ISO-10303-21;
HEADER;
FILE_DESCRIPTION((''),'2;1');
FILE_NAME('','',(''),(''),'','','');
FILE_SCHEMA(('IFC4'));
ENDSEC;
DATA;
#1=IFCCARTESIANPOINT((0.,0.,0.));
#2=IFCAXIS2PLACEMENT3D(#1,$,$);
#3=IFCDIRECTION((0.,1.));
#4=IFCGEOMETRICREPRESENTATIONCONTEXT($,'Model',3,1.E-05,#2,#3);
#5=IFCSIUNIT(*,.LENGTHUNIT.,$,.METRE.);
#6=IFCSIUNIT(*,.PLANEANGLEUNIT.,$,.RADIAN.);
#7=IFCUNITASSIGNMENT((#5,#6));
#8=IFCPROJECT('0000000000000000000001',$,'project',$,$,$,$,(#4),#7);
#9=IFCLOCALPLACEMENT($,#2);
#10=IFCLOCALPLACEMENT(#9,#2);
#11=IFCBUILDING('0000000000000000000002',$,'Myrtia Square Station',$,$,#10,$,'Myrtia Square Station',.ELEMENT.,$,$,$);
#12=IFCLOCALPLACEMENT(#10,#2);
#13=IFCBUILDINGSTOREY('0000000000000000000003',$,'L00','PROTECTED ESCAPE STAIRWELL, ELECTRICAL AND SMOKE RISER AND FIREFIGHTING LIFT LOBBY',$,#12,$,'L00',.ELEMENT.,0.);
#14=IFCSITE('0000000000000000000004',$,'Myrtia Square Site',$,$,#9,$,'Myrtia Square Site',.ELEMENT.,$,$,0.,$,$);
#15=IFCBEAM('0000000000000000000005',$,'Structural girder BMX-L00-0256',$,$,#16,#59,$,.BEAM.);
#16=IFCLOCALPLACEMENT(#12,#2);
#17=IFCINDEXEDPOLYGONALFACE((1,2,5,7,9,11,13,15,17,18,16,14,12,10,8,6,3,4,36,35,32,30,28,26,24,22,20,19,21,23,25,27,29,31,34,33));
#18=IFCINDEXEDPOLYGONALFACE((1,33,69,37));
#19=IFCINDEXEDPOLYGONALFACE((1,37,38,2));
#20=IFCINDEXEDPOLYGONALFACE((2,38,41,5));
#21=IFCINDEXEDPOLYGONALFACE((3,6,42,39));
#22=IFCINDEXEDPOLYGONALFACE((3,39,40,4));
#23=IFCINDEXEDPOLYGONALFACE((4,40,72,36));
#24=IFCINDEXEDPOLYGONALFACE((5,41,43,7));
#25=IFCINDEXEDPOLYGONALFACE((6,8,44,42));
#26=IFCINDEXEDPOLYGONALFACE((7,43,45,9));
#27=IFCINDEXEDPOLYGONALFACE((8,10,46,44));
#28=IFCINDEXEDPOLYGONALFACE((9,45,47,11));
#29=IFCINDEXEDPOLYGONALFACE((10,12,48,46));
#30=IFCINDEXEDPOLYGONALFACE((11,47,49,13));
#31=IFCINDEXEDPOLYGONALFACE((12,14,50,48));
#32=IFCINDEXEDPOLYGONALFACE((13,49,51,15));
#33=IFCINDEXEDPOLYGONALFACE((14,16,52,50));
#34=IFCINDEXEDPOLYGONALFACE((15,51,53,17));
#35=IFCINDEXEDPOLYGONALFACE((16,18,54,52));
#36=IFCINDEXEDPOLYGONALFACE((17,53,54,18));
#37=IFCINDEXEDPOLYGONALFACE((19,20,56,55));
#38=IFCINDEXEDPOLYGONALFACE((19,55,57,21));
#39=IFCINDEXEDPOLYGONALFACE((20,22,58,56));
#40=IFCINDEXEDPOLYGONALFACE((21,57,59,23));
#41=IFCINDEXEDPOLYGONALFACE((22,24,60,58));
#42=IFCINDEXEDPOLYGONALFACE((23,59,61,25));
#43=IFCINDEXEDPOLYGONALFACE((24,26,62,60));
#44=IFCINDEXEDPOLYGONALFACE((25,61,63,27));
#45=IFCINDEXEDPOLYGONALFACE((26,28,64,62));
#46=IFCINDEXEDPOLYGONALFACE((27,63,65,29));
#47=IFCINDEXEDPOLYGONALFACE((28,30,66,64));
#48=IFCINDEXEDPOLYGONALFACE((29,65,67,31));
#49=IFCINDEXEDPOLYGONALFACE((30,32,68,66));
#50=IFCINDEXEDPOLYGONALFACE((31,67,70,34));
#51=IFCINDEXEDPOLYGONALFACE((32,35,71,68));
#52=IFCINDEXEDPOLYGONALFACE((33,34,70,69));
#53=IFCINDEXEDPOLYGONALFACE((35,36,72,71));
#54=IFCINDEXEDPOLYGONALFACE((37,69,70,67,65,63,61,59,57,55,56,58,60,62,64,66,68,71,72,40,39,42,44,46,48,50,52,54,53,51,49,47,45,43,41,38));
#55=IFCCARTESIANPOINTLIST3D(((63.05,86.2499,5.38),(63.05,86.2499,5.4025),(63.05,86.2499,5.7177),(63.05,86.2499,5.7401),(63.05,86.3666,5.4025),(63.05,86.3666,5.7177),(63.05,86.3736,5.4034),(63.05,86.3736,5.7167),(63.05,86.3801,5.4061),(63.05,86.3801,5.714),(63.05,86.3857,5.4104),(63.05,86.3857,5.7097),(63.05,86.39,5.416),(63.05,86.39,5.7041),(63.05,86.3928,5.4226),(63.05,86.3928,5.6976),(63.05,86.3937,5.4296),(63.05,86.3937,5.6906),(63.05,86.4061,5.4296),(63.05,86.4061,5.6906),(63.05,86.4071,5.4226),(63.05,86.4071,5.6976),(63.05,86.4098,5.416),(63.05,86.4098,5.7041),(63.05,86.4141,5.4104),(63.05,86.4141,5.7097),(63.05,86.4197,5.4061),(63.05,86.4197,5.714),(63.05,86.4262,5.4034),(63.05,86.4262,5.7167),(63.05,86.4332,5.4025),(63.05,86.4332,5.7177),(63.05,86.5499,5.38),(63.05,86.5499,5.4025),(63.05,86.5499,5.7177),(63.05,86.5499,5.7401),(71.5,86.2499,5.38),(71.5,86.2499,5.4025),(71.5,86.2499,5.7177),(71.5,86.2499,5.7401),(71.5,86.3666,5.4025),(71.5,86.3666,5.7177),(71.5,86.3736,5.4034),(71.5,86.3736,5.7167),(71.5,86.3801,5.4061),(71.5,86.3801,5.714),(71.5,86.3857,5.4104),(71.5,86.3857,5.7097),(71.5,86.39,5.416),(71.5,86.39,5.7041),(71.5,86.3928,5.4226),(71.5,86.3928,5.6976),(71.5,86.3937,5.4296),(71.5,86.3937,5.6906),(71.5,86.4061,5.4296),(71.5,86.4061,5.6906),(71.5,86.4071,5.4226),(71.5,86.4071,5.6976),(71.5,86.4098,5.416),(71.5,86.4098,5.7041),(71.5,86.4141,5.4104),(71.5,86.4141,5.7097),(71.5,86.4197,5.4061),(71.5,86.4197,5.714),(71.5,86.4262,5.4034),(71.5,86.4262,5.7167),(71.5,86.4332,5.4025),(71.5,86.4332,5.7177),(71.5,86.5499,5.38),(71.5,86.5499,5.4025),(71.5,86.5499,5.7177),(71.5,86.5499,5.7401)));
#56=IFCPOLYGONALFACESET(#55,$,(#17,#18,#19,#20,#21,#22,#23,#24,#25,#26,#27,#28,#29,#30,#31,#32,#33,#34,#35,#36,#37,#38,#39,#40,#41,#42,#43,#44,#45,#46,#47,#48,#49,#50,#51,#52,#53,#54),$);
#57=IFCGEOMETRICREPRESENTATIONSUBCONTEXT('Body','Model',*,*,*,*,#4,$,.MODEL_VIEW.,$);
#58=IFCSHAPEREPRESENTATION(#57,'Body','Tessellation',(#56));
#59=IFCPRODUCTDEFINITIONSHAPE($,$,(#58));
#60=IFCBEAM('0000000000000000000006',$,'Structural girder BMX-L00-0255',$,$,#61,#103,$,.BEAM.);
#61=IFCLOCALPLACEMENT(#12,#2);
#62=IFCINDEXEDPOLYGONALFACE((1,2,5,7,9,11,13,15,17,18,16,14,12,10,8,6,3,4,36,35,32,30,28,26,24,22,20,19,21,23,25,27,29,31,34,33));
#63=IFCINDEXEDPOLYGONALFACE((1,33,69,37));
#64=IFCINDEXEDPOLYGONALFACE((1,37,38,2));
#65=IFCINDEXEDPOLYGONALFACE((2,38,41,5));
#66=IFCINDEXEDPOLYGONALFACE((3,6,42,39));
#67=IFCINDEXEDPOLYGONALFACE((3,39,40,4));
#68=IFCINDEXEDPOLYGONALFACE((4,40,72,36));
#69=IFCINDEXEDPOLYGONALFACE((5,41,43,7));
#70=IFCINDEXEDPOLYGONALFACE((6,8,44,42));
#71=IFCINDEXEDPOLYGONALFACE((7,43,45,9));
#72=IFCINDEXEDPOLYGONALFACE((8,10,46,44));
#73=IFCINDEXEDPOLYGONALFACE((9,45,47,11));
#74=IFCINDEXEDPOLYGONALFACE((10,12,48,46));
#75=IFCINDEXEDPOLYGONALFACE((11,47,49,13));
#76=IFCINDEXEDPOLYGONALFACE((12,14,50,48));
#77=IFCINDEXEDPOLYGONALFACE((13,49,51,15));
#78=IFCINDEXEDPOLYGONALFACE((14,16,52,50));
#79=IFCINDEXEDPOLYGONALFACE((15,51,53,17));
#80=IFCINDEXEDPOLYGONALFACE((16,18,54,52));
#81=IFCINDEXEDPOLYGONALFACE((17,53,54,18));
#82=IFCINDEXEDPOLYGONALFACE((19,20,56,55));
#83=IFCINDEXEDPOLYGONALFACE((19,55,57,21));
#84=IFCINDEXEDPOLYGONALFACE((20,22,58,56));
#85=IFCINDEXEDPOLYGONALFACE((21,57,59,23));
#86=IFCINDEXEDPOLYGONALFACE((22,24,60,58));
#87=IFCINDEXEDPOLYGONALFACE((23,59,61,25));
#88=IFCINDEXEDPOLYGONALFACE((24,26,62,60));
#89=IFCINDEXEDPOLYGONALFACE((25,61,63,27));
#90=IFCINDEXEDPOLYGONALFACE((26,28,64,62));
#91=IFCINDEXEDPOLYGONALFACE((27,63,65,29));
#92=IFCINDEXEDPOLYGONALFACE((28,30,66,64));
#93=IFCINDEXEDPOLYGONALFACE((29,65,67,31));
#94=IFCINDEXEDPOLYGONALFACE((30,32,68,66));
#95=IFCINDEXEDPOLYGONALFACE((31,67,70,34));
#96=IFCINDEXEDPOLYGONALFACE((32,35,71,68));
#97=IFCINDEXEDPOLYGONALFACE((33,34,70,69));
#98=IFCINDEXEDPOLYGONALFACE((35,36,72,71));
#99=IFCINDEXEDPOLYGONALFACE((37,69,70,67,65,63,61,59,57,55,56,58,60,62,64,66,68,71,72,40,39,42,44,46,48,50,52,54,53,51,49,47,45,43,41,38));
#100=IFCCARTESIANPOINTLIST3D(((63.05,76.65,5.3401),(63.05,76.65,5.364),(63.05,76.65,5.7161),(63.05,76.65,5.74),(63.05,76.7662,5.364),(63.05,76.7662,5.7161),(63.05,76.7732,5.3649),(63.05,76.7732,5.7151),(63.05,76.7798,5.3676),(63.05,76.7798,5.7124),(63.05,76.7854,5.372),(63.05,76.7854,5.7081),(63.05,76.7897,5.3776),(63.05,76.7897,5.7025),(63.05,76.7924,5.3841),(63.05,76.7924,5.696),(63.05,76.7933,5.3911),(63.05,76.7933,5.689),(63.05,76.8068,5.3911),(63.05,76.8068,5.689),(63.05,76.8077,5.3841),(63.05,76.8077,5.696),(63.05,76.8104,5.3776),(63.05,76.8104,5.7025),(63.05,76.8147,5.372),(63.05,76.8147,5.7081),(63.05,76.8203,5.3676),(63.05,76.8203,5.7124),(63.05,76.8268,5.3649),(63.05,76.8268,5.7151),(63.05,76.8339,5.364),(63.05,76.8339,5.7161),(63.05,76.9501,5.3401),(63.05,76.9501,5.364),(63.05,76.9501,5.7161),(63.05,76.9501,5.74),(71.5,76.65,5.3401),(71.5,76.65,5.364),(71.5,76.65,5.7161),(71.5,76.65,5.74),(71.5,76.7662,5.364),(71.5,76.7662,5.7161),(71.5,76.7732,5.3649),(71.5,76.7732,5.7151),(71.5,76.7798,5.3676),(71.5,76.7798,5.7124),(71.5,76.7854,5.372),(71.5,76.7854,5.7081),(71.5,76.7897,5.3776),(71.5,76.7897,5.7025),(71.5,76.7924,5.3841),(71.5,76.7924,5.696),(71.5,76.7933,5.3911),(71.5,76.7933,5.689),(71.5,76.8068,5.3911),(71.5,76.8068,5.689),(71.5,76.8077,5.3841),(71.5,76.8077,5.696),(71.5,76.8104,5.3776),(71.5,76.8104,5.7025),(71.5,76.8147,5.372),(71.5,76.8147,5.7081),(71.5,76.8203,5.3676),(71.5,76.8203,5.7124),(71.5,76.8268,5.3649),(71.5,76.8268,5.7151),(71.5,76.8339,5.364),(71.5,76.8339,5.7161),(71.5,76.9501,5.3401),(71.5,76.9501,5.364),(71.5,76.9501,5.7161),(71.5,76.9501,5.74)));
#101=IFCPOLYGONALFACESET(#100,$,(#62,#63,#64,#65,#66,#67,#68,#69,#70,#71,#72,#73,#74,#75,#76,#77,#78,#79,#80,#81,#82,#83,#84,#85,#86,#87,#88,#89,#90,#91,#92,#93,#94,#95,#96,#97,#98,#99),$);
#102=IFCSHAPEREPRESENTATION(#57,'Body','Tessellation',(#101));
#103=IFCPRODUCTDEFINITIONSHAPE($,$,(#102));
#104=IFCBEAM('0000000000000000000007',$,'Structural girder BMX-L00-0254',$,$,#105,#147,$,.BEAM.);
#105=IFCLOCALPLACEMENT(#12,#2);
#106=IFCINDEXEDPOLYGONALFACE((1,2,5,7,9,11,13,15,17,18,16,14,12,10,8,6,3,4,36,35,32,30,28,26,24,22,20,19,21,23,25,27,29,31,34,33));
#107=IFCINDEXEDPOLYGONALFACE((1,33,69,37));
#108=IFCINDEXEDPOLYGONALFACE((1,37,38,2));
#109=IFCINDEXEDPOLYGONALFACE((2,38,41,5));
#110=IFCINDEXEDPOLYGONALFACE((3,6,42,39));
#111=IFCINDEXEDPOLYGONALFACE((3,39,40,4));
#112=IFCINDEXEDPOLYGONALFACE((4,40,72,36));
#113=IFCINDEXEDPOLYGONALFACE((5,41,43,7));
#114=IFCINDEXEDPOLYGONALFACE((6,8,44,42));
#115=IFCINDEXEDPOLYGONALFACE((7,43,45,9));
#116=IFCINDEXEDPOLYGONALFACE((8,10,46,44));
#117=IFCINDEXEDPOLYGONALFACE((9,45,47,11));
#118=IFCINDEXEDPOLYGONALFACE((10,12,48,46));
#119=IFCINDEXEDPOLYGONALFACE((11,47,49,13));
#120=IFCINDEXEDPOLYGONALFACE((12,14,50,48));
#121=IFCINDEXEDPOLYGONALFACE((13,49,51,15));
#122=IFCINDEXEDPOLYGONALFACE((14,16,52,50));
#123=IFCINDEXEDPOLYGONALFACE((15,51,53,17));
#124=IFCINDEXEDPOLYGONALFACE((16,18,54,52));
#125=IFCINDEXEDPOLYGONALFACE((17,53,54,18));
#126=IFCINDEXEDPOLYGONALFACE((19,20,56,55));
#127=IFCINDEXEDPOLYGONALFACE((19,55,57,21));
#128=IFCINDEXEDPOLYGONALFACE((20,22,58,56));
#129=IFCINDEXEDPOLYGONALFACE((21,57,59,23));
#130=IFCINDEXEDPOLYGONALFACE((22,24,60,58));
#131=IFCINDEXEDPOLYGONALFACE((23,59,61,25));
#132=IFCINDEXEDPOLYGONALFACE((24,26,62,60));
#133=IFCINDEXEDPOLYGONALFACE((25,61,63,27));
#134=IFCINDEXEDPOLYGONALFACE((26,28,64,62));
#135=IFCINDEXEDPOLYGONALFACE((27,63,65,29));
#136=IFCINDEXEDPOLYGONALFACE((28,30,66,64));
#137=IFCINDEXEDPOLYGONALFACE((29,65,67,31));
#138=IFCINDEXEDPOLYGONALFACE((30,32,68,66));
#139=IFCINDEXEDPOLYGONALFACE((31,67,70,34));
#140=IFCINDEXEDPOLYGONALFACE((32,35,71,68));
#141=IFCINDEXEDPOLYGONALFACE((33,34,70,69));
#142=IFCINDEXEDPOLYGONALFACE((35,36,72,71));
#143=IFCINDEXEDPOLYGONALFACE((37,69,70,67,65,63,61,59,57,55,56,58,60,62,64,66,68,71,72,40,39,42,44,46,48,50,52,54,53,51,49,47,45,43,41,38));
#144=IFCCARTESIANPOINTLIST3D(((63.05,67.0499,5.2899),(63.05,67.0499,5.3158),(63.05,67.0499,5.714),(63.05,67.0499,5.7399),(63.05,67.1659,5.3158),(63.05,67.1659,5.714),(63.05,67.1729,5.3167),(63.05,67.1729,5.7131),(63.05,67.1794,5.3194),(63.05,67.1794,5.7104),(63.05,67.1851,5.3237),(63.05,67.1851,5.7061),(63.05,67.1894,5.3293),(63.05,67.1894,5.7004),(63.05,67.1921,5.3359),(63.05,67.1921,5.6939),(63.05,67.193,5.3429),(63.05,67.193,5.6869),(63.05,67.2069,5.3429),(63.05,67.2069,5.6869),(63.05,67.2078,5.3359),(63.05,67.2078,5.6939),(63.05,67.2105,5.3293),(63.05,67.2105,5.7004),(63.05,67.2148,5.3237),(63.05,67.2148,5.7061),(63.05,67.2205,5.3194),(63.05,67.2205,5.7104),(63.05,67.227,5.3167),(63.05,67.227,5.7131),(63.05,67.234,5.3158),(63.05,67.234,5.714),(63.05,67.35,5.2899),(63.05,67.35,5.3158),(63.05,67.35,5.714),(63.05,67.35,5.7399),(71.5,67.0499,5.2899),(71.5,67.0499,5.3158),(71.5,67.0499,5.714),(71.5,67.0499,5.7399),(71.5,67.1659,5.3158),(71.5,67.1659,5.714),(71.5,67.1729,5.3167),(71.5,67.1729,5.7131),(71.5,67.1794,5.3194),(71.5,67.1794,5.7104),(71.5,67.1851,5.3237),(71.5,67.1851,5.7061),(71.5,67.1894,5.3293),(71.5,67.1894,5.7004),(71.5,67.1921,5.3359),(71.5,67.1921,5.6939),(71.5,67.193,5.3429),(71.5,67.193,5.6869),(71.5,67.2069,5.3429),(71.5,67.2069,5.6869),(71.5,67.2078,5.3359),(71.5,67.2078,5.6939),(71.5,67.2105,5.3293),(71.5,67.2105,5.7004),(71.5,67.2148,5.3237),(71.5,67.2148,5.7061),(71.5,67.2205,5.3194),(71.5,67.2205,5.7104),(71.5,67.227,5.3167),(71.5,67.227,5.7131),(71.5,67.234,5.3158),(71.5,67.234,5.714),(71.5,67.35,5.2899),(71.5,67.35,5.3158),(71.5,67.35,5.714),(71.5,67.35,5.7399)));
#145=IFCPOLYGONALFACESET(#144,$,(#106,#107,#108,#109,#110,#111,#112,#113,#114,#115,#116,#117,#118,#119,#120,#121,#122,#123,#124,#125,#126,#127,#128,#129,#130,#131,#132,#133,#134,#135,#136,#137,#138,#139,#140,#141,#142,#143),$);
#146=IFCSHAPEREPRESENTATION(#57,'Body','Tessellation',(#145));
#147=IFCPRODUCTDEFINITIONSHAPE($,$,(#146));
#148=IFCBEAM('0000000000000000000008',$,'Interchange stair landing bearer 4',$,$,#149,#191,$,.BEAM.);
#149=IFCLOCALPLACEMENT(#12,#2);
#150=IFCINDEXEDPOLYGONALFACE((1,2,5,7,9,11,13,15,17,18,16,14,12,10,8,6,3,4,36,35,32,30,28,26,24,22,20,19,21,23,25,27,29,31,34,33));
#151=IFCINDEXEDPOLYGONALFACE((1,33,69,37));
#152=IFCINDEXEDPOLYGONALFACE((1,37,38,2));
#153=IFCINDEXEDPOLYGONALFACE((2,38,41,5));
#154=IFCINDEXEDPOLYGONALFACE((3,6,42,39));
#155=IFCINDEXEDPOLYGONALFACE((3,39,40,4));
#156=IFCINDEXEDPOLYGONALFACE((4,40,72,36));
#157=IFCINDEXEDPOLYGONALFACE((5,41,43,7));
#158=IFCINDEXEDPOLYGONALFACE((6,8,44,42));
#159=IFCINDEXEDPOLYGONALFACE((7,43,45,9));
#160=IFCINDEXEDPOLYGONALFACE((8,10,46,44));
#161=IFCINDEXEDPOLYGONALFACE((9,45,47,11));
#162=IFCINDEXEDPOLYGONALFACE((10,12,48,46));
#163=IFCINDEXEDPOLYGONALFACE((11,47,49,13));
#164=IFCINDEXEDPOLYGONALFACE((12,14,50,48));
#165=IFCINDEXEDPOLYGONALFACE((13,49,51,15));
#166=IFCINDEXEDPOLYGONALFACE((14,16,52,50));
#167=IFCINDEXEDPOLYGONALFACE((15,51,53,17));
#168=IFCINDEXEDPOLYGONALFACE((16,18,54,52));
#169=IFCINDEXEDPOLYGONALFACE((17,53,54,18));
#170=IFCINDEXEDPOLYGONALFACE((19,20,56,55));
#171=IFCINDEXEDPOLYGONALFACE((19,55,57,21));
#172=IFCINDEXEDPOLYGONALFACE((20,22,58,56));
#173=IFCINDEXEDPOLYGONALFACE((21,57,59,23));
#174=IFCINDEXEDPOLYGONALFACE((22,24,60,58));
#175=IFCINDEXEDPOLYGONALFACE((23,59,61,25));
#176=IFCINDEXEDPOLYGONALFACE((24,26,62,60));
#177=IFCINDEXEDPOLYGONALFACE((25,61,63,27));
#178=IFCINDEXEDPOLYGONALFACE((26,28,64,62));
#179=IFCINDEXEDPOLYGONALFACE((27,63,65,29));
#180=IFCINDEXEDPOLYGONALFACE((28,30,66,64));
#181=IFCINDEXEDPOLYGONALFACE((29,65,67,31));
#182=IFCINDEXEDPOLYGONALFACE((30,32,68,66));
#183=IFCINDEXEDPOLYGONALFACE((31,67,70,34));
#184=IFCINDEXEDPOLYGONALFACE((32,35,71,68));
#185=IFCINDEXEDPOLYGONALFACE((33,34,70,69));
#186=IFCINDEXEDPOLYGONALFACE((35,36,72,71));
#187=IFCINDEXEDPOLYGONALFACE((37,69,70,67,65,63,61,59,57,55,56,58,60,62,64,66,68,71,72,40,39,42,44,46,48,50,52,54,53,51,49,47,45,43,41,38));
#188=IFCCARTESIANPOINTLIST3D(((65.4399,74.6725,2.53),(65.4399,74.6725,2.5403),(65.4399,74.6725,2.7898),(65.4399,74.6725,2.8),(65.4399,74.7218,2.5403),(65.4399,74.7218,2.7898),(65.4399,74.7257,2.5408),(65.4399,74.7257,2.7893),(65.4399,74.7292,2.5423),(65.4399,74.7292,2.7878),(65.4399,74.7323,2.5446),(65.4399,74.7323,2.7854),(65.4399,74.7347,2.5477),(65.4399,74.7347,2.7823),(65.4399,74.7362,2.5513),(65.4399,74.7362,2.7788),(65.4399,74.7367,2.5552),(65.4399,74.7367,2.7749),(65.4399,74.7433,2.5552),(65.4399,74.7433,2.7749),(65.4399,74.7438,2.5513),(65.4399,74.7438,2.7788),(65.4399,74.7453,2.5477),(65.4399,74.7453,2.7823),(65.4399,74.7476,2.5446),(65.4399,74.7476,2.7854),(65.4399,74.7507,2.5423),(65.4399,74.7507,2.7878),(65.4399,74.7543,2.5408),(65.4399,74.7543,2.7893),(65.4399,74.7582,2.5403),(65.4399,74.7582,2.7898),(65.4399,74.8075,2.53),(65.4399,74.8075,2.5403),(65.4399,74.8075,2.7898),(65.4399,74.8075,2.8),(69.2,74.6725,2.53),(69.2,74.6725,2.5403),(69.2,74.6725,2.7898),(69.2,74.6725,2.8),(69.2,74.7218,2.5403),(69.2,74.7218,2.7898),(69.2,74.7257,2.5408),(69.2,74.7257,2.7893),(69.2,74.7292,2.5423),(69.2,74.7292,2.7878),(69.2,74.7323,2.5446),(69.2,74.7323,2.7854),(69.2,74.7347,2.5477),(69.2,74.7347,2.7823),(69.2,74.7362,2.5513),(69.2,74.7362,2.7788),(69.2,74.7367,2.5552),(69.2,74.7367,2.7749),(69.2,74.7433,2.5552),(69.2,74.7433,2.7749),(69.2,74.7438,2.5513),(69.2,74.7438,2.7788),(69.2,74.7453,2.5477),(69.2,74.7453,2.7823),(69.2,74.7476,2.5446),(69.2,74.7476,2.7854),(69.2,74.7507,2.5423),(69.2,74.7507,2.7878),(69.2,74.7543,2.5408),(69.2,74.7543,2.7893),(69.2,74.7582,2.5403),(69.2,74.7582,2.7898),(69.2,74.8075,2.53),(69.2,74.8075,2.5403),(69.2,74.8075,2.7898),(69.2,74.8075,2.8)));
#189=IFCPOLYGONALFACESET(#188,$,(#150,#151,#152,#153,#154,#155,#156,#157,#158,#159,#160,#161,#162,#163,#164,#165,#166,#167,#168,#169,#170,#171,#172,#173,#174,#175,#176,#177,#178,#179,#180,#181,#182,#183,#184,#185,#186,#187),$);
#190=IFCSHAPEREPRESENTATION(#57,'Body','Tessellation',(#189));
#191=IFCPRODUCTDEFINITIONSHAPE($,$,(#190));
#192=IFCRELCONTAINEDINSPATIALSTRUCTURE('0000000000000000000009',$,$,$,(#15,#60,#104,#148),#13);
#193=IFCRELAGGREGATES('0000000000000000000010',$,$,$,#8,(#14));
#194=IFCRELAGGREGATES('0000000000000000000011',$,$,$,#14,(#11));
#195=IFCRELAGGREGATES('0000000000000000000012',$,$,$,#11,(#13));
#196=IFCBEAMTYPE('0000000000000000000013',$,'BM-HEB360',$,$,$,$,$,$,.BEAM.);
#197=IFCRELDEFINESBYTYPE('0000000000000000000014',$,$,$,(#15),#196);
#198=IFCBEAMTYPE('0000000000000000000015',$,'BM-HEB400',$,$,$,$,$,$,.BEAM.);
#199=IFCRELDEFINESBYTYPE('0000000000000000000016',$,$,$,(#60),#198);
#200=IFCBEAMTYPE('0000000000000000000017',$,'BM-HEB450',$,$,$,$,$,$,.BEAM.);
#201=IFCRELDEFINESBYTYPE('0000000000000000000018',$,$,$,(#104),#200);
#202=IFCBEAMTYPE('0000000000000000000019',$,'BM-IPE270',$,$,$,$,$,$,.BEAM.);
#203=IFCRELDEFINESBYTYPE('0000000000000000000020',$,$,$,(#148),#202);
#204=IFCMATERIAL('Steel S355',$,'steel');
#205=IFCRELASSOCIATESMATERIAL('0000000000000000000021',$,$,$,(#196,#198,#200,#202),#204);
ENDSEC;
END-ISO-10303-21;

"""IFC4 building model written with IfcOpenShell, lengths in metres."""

from ifc_helpers import new_model, si_unit, direction, frame, origin, origin_2d, place, context, subcontext, project, spatial, i_section, extrude, material, material_profile, profile_set, type_object, element, save


model = new_model("IFC4")

# Units and contexts
model_context = context("Model", 3, precision=1e-05, world=origin(), true_north=direction((0.0, 1.0)))
body_context = subcontext(model_context, "Body", "Model", "MODEL_VIEW")
ifc_project = project(units=[si_unit("LENGTHUNIT", "METRE"), si_unit("PLANEANGLEUNIT", "RADIAN")], contexts=[model_context])

# Site, building, storey
site_placement = place(None, origin())
site = spatial("IfcSite", under=ifc_project, at=site_placement, Name="Myrtia Square Site", LongName="Myrtia Square Site", CompositionType="ELEMENT", RefElevation=0.0)
building_placement = place(site_placement, origin())
building = spatial("IfcBuilding", under=site, at=building_placement, Name="Myrtia Square Station", LongName="Myrtia Square Station", CompositionType="ELEMENT")
storey_placement = place(building_placement, origin())
storey = spatial("IfcBuildingStorey", under=building, at=storey_placement, Name="L00", Description="PROTECTED ESCAPE STAIRWELL, ELECTRICAL AND SMOKE RISER AND FIREFIGHTING LIFT LOBBY", LongName="L00", CompositionType="ELEMENT", Elevation=0.0)

# Shared definitions
ifc_material_1 = material(Name="Steel S355", Category="steel")

# Beams
ifc_material_profile_1 = material_profile(ifc_material_1, i_section(OverallWidth=0.3, OverallDepth=0.3601, WebThickness=0.0125, FlangeThickness=0.0225, FilletRadius=0.0271, at=origin_2d()), Name="HEB 360")
ifc_profile_set_1 = profile_set([ifc_material_profile_1], Name="Steel S355")
beam_type_1 = type_object("IfcBeamType", Name="BM-HEB360", PredefinedType="BEAM", material=ifc_profile_set_1)
beam_1_placement = place(storey_placement, frame((63.05, 86.3999, 5.5601), z_axis=(1.0, 0.0, 0.0), x_axis=(0.0, 1.0, 0.0)))
element("IfcBeam", 1, at=beam_1_placement, inside=storey, type_object=beam_type_1, Name="Structural girder BMX-L00-0256", PredefinedType="BEAM", context=body_context, shape_type="SweptSolid", body=[
    extrude(i_section(OverallWidth=0.3, OverallDepth=0.3601, WebThickness=0.0125, FlangeThickness=0.0225, FilletRadius=0.0271, at=origin_2d()), origin(), (0.0, 0.0, 1.0), 8.45),
])
ifc_material_profile_2 = material_profile(ifc_material_1, i_section(OverallWidth=0.3, OverallDepth=0.3999, WebThickness=0.0134, FlangeThickness=0.0239, FilletRadius=0.0271, at=origin_2d()), Name="HEB 400")
ifc_profile_set_2 = profile_set([ifc_material_profile_2], Name="Steel S355")
beam_type_2 = type_object("IfcBeamType", Name="BM-HEB400", PredefinedType="BEAM", material=ifc_profile_set_2)
beam_2_placement = place(storey_placement, frame((63.05, 76.8, 5.54), z_axis=(1.0, 0.0, 0.0), x_axis=(0.0, 1.0, 0.0)))
element("IfcBeam", 2, at=beam_2_placement, inside=storey, type_object=beam_type_2, Name="Structural girder BMX-L00-0255", PredefinedType="BEAM", context=body_context, shape_type="SweptSolid", body=[
    extrude(i_section(OverallWidth=0.3, OverallDepth=0.3999, WebThickness=0.0134, FlangeThickness=0.0239, FilletRadius=0.0271, at=origin_2d()), origin(), (0.0, 0.0, 1.0), 8.45),
])
ifc_material_profile_3 = material_profile(ifc_material_1, i_section(OverallWidth=0.3, OverallDepth=0.45, WebThickness=0.0139, FlangeThickness=0.0259, FilletRadius=0.0271, at=origin_2d()), Name="HEB 450")
ifc_profile_set_3 = profile_set([ifc_material_profile_3], Name="Steel S355")
beam_type_3 = type_object("IfcBeamType", Name="BM-HEB450", PredefinedType="BEAM", material=ifc_profile_set_3)
beam_3_placement = place(storey_placement, frame((63.05, 67.2, 5.5149), z_axis=(1.0, 0.0, 0.0), x_axis=(0.0, 1.0, 0.0)))
element("IfcBeam", 3, at=beam_3_placement, inside=storey, type_object=beam_type_3, Name="Structural girder BMX-L00-0254", PredefinedType="BEAM", context=body_context, shape_type="SweptSolid", body=[
    extrude(i_section(OverallWidth=0.3, OverallDepth=0.45, WebThickness=0.0139, FlangeThickness=0.0259, FilletRadius=0.0271, at=origin_2d()), origin(), (0.0, 0.0, 1.0), 8.45),
])
ifc_material_profile_4 = material_profile(ifc_material_1, i_section(OverallWidth=0.135, OverallDepth=0.27, WebThickness=0.0066, FlangeThickness=0.0103, FilletRadius=0.0149, at=origin_2d()), Name="IPE 270")
ifc_profile_set_4 = profile_set([ifc_material_profile_4], Name="Steel S355")
beam_type_4 = type_object("IfcBeamType", Name="BM-IPE270", PredefinedType="BEAM", material=ifc_profile_set_4)
beam_4_placement = place(storey_placement, frame((65.4399, 74.74, 2.665), z_axis=(1.0, 0.0, 0.0), x_axis=(0.0, 1.0, 0.0)))
element("IfcBeam", 4, at=beam_4_placement, inside=storey, type_object=beam_type_4, Name="Interchange stair landing bearer 4", PredefinedType="BEAM", context=body_context, shape_type="SweptSolid", body=[
    extrude(i_section(OverallWidth=0.135, OverallDepth=0.27, WebThickness=0.0066, FlangeThickness=0.0103, FilletRadius=0.0149, at=origin_2d()), origin(), (0.0, 0.0, 1.0), 3.76),
])

save(model, "model.ifc")
